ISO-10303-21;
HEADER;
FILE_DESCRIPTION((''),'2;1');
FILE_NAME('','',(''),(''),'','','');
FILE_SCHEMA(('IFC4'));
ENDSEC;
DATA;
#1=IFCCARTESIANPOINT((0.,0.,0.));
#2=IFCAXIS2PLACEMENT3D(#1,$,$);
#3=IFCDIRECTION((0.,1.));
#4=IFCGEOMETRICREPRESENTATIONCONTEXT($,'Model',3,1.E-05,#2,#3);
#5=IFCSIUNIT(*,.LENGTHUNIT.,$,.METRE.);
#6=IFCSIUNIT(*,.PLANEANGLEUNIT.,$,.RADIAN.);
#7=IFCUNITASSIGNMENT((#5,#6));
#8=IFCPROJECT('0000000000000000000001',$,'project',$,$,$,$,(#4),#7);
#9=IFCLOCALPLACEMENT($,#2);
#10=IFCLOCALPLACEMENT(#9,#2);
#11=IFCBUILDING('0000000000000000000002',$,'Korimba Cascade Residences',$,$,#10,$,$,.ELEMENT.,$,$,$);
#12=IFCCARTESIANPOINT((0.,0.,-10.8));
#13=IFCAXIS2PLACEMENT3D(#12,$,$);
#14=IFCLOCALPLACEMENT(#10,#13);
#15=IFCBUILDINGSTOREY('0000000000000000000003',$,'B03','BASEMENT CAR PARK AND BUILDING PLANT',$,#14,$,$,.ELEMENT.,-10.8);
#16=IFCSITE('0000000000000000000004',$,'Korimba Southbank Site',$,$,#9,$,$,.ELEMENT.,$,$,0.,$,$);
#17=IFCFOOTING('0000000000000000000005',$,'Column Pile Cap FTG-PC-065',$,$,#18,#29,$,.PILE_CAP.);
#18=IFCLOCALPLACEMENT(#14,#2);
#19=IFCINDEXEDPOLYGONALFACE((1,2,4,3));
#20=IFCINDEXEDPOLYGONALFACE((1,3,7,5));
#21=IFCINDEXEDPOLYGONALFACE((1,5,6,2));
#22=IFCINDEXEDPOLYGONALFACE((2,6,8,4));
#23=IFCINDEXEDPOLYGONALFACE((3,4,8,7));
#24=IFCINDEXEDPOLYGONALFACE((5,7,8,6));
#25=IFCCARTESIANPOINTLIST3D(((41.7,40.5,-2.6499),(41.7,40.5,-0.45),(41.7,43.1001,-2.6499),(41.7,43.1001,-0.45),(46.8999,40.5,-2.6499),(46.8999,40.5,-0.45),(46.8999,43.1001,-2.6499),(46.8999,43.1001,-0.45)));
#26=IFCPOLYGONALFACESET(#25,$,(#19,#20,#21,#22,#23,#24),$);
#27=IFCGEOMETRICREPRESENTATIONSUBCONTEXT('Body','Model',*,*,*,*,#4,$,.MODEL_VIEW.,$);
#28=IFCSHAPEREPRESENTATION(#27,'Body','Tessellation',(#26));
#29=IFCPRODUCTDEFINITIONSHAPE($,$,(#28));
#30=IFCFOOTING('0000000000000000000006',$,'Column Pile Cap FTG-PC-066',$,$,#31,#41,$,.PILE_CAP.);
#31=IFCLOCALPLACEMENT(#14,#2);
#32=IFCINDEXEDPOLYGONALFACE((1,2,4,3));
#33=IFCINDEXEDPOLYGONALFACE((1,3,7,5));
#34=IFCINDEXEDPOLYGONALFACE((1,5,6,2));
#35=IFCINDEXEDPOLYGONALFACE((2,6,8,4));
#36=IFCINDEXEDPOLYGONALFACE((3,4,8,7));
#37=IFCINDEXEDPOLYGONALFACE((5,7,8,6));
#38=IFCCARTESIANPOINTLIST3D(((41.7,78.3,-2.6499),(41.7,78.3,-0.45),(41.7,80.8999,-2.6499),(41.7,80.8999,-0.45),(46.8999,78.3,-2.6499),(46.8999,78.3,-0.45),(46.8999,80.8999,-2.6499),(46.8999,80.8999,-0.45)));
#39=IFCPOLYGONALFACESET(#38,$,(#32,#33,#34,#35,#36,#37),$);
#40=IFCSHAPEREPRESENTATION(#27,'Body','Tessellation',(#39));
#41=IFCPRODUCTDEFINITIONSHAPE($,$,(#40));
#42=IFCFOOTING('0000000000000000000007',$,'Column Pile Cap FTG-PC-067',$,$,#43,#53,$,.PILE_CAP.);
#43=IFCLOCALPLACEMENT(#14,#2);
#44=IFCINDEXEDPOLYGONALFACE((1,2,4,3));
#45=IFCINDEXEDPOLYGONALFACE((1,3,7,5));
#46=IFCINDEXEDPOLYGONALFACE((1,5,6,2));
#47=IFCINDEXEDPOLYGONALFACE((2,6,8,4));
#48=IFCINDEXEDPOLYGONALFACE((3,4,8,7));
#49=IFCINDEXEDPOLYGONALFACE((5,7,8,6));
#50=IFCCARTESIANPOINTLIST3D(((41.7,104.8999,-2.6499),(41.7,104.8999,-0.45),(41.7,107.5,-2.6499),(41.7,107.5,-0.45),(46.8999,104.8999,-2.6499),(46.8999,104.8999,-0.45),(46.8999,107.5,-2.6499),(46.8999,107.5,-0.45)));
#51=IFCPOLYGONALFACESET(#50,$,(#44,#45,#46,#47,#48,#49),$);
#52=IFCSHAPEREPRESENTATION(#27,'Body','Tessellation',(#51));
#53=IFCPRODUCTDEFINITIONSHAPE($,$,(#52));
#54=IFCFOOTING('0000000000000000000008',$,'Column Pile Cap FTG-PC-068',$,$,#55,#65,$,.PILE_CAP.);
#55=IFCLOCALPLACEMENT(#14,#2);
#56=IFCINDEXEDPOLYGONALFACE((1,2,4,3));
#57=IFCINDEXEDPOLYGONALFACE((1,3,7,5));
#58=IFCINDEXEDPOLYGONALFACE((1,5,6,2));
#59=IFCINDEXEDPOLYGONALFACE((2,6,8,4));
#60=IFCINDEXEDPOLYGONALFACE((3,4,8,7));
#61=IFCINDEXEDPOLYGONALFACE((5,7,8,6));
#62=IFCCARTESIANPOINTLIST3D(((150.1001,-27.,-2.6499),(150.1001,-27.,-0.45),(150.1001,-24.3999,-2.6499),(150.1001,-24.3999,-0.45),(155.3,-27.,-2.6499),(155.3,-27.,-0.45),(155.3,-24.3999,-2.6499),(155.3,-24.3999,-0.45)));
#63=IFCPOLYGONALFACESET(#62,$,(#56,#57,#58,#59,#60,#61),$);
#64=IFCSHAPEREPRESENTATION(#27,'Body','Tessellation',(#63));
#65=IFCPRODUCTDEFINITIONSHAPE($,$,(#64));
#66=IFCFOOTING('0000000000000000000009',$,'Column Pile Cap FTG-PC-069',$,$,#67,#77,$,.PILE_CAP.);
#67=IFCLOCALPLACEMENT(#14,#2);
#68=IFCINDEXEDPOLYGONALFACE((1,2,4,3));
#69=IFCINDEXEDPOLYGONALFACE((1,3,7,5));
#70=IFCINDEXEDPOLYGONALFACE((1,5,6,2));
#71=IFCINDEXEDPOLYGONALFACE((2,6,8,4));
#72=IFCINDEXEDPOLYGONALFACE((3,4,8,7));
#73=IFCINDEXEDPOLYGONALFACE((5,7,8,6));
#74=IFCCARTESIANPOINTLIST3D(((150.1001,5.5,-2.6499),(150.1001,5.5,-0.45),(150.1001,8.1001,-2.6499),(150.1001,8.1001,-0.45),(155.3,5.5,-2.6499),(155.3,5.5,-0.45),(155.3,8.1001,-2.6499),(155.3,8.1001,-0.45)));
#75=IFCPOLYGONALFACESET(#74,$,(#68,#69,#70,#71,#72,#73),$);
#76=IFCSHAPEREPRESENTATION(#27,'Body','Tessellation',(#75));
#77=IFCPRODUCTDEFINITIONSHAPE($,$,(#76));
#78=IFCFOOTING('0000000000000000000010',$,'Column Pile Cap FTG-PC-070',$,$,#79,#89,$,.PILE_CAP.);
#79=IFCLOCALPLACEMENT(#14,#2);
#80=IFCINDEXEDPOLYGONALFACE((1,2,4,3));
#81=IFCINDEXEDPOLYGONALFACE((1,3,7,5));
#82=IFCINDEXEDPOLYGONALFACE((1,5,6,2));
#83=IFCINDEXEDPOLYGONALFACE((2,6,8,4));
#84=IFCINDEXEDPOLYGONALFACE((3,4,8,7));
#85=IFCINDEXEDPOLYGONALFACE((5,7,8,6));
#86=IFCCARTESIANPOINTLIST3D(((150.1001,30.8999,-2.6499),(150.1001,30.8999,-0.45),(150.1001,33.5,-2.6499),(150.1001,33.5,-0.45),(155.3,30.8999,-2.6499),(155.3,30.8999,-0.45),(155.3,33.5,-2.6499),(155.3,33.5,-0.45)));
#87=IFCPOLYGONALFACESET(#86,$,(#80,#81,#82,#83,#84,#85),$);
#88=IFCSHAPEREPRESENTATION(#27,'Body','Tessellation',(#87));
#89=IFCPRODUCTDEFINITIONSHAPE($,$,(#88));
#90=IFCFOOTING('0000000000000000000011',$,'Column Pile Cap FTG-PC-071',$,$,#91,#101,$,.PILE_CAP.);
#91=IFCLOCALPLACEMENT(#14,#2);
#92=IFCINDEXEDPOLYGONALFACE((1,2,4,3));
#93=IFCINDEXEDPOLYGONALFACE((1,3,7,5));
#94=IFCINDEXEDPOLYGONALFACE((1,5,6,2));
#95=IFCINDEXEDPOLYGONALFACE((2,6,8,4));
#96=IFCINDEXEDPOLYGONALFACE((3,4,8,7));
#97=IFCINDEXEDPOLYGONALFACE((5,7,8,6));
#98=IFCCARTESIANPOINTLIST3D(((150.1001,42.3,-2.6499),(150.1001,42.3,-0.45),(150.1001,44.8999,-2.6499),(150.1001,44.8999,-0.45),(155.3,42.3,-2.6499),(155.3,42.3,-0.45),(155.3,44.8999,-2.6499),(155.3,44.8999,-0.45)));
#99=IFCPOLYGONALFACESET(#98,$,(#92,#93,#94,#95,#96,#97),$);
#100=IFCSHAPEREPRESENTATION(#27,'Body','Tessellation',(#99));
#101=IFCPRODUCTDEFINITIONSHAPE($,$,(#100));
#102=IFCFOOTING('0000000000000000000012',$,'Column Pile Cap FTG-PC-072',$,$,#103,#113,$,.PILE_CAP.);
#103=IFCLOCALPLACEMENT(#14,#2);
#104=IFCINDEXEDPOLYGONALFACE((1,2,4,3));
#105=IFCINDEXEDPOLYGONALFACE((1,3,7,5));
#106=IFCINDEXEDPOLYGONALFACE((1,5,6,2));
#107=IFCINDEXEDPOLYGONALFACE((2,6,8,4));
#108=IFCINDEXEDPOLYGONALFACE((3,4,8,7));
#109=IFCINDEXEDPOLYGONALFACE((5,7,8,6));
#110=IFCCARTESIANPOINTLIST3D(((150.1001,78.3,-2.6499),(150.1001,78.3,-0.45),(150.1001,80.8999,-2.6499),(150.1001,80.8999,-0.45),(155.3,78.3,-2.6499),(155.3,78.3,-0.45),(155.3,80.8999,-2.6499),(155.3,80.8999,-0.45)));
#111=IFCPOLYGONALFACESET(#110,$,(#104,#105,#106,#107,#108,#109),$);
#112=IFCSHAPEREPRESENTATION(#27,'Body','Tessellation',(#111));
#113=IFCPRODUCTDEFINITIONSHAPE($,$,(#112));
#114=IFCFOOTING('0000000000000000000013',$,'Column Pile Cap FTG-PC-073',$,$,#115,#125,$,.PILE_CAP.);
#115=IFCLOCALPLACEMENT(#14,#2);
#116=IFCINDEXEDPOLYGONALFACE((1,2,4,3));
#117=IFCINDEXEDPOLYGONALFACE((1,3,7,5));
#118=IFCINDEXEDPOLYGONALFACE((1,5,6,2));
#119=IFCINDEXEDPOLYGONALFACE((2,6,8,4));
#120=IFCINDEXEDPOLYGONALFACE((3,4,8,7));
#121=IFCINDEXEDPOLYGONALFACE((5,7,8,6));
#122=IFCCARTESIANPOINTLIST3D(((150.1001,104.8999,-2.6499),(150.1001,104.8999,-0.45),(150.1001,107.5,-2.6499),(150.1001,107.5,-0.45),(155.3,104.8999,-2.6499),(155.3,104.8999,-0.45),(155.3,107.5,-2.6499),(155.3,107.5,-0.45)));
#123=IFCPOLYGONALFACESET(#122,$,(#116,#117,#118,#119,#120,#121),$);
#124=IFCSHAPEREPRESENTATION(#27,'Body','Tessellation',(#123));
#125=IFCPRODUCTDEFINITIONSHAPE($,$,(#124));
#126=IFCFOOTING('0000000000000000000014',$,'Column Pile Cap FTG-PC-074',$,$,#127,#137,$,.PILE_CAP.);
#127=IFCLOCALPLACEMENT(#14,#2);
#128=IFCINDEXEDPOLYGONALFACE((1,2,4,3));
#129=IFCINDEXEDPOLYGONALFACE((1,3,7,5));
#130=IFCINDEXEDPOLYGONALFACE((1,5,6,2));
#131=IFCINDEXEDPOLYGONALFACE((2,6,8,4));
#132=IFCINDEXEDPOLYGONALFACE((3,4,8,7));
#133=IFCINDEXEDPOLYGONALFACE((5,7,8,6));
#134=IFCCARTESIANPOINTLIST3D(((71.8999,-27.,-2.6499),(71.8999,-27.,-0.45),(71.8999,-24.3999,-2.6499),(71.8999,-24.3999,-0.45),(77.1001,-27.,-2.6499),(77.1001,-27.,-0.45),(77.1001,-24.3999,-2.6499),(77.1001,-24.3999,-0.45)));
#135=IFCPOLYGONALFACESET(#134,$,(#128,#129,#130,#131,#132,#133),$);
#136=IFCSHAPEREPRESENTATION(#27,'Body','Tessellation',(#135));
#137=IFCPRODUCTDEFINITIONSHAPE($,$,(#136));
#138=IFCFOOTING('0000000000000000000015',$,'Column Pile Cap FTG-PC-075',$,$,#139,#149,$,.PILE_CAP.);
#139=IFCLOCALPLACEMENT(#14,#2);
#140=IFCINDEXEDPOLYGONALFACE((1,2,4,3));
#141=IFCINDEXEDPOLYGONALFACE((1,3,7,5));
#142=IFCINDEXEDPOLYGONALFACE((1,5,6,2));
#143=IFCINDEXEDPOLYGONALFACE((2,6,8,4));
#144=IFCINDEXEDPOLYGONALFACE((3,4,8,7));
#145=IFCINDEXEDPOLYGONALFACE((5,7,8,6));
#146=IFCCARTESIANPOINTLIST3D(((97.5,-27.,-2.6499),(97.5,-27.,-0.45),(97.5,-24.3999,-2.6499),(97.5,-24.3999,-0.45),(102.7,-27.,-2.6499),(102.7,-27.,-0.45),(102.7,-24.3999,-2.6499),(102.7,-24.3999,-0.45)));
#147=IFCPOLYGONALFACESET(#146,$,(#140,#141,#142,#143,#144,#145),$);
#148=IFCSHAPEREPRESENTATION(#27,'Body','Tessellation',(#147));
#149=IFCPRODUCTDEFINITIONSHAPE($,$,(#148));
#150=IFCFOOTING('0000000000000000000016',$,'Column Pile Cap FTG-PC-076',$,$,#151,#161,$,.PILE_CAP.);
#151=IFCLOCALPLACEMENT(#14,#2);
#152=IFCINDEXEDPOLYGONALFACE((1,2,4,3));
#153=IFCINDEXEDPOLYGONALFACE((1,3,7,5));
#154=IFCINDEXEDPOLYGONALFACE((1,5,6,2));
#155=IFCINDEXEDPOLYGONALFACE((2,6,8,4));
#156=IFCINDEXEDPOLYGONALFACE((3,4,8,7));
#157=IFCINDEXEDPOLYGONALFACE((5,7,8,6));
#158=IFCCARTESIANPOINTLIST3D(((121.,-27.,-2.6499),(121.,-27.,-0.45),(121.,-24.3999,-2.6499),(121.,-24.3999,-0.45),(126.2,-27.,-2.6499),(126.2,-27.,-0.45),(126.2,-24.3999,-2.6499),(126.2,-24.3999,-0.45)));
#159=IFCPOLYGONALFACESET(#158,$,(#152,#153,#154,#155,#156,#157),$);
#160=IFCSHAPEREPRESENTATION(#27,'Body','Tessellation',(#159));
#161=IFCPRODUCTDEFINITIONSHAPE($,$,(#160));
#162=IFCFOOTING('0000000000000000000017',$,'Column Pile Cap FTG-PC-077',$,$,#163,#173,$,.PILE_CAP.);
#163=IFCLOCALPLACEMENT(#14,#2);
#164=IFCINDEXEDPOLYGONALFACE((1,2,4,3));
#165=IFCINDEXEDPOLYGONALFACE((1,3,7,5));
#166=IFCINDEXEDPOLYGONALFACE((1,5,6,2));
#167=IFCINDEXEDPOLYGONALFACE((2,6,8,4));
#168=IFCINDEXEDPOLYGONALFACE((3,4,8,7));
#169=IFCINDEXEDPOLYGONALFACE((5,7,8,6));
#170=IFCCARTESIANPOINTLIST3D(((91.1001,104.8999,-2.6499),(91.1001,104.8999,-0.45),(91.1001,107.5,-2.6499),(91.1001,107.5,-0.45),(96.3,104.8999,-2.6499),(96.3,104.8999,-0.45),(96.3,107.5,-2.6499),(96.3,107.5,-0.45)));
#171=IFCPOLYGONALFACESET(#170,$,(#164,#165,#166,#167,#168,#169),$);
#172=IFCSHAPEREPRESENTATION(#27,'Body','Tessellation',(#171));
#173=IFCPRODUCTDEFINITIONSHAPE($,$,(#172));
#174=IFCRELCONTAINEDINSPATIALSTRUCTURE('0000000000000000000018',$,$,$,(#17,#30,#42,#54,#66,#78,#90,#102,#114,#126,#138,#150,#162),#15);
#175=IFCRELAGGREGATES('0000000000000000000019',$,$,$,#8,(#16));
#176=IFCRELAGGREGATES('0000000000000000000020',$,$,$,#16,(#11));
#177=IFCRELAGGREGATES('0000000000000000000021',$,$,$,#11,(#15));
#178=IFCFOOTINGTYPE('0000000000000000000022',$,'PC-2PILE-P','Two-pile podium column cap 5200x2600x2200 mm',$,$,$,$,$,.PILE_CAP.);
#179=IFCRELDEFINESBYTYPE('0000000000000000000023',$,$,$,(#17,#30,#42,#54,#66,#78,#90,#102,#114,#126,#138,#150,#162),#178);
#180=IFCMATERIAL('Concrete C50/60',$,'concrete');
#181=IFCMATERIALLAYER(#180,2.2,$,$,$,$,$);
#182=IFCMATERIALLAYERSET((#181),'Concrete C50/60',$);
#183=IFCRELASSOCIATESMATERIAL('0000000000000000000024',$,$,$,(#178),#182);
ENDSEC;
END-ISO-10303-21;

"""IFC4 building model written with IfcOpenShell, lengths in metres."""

from ifc_helpers import new_model, si_unit, direction, frame, origin, place, context, subcontext, project, spatial, polyline, outline, extrude, material, layer, layer_set, type_object, element, save


model = new_model("IFC4")

# Units and contexts
model_context = context("Model", 3, precision=1e-05, world=origin(), true_north=direction((0.0, 1.0)))
body_context = subcontext(model_context, "Body", "Model", "MODEL_VIEW")
ifc_project = project(units=[si_unit("LENGTHUNIT", "METRE"), si_unit("PLANEANGLEUNIT", "RADIAN")], contexts=[model_context])

# Site, building, storey
site_placement = place(None, origin())
site = spatial("IfcSite", under=ifc_project, at=site_placement, Name="Korimba Southbank Site", CompositionType="ELEMENT", RefElevation=0.0)
building_placement = place(site_placement, origin())
building = spatial("IfcBuilding", under=site, at=building_placement, Name="Korimba Cascade Residences", CompositionType="ELEMENT")
storey_placement = place(building_placement, frame((0.0, 0.0, -10.8)))
storey = spatial("IfcBuildingStorey", under=building, at=storey_placement, Name="B03", Description="BASEMENT CAR PARK AND BUILDING PLANT", CompositionType="ELEMENT", Elevation=-10.8)

# Footings
ifc_material = material(Name="Concrete C50/60", Category="concrete")
ifc_layer = layer(ifc_material, 2.2)
ifc_layer_set = layer_set([ifc_layer], Name="Concrete C50/60")
footing_type = type_object("IfcFootingType", Name="PC-2PILE-P", Description="Two-pile podium column cap 5200x2600x2200 mm", PredefinedType="PILE_CAP", material=ifc_layer_set)
footing_1_placement = place(storey_placement, frame((0.0, 0.0, -2.6499)))
element("IfcFooting", 1, at=footing_1_placement, inside=storey, type_object=footing_type, Name="Column Pile Cap FTG-PC-065", PredefinedType="PILE_CAP", context=body_context, shape_type="SweptSolid", body=[
    extrude(outline(polyline([(41.7, 40.5), (46.8999, 40.5), (46.8999, 43.1001), (41.7, 43.1001), (41.7, 40.5)])), origin(), (0.0, 0.0, 1.0), 2.2),
])
footing_2_placement = place(storey_placement, frame((0.0, 0.0, -2.6499)))
element("IfcFooting", 2, at=footing_2_placement, inside=storey, type_object=footing_type, Name="Column Pile Cap FTG-PC-066", PredefinedType="PILE_CAP", context=body_context, shape_type="SweptSolid", body=[
    extrude(outline(polyline([(41.7, 78.3), (46.8999, 78.3), (46.8999, 80.8999), (41.7, 80.8999), (41.7, 78.3)])), origin(), (0.0, 0.0, 1.0), 2.2),
])
footing_3_placement = place(storey_placement, frame((0.0, 0.0, -2.6499)))
element("IfcFooting", 3, at=footing_3_placement, inside=storey, type_object=footing_type, Name="Column Pile Cap FTG-PC-067", PredefinedType="PILE_CAP", context=body_context, shape_type="SweptSolid", body=[
    extrude(outline(polyline([(41.7, 104.8999), (46.8999, 104.8999), (46.8999, 107.5), (41.7, 107.5), (41.7, 104.8999)])), origin(), (0.0, 0.0, 1.0), 2.2),
])
footing_4_placement = place(storey_placement, frame((0.0, 0.0, -2.6499)))
element("IfcFooting", 4, at=footing_4_placement, inside=storey, type_object=footing_type, Name="Column Pile Cap FTG-PC-068", PredefinedType="PILE_CAP", context=body_context, shape_type="SweptSolid", body=[
    extrude(outline(polyline([(150.1001, -27.0), (155.3, -27.0), (155.3, -24.3999), (150.1001, -24.3999), (150.1001, -27.0)])), origin(), (0.0, 0.0, 1.0), 2.2),
])
footing_5_placement = place(storey_placement, frame((0.0, 0.0, -2.6499)))
element("IfcFooting", 5, at=footing_5_placement, inside=storey, type_object=footing_type, Name="Column Pile Cap FTG-PC-069", PredefinedType="PILE_CAP", context=body_context, shape_type="SweptSolid", body=[
    extrude(outline(polyline([(150.1001, 5.5), (155.3, 5.5), (155.3, 8.1001), (150.1001, 8.1001), (150.1001, 5.5)])), origin(), (0.0, 0.0, 1.0), 2.2),
])
footing_6_placement = place(storey_placement, frame((0.0, 0.0, -2.6499)))
element("IfcFooting", 6, at=footing_6_placement, inside=storey, type_object=footing_type, Name="Column Pile Cap FTG-PC-070", PredefinedType="PILE_CAP", context=body_context, shape_type="SweptSolid", body=[
    extrude(outline(polyline([(150.1001, 30.8999), (155.3, 30.8999), (155.3, 33.5), (150.1001, 33.5), (150.1001, 30.8999)])), origin(), (0.0, 0.0, 1.0), 2.2),
])
footing_7_placement = place(storey_placement, frame((0.0, 0.0, -2.6499)))
element("IfcFooting", 7, at=footing_7_placement, inside=storey, type_object=footing_type, Name="Column Pile Cap FTG-PC-071", PredefinedType="PILE_CAP", context=body_context, shape_type="SweptSolid", body=[
    extrude(outline(polyline([(150.1001, 42.3), (155.3, 42.3), (155.3, 44.8999), (150.1001, 44.8999), (150.1001, 42.3)])), origin(), (0.0, 0.0, 1.0), 2.2),
])
footing_8_placement = place(storey_placement, frame((0.0, 0.0, -2.6499)))
element("IfcFooting", 8, at=footing_8_placement, inside=storey, type_object=footing_type, Name="Column Pile Cap FTG-PC-072", PredefinedType="PILE_CAP", context=body_context, shape_type="SweptSolid", body=[
    extrude(outline(polyline([(150.1001, 78.3), (155.3, 78.3), (155.3, 80.8999), (150.1001, 80.8999), (150.1001, 78.3)])), origin(), (0.0, 0.0, 1.0), 2.2),
])
footing_9_placement = place(storey_placement, frame((0.0, 0.0, -2.6499)))
element("IfcFooting", 9, at=footing_9_placement, inside=storey, type_object=footing_type, Name="Column Pile Cap FTG-PC-073", PredefinedType="PILE_CAP", context=body_context, shape_type="SweptSolid", body=[
    extrude(outline(polyline([(150.1001, 104.8999), (155.3, 104.8999), (155.3, 107.5), (150.1001, 107.5), (150.1001, 104.8999)])), origin(), (0.0, 0.0, 1.0), 2.2),
])
footing_10_placement = place(storey_placement, frame((0.0, 0.0, -2.6499)))
element("IfcFooting", 10, at=footing_10_placement, inside=storey, type_object=footing_type, Name="Column Pile Cap FTG-PC-074", PredefinedType="PILE_CAP", context=body_context, shape_type="SweptSolid", body=[
    extrude(outline(polyline([(71.8999, -27.0), (77.1001, -27.0), (77.1001, -24.3999), (71.8999, -24.3999), (71.8999, -27.0)])), origin(), (0.0, 0.0, 1.0), 2.2),
])
footing_11_placement = place(storey_placement, frame((0.0, 0.0, -2.6499)))
element("IfcFooting", 11, at=footing_11_placement, inside=storey, type_object=footing_type, Name="Column Pile Cap FTG-PC-075", PredefinedType="PILE_CAP", context=body_context, shape_type="SweptSolid", body=[
    extrude(outline(polyline([(97.5, -27.0), (102.7, -27.0), (102.7, -24.3999), (97.5, -24.3999), (97.5, -27.0)])), origin(), (0.0, 0.0, 1.0), 2.2),
])
footing_12_placement = place(storey_placement, frame((0.0, 0.0, -2.6499)))
element("IfcFooting", 12, at=footing_12_placement, inside=storey, type_object=footing_type, Name="Column Pile Cap FTG-PC-076", PredefinedType="PILE_CAP", context=body_context, shape_type="SweptSolid", body=[
    extrude(outline(polyline([(121.0, -27.0), (126.2, -27.0), (126.2, -24.3999), (121.0, -24.3999), (121.0, -27.0)])), origin(), (0.0, 0.0, 1.0), 2.2),
])
footing_13_placement = place(storey_placement, frame((0.0, 0.0, -2.6499)))
element("IfcFooting", 13, at=footing_13_placement, inside=storey, type_object=footing_type, Name="Column Pile Cap FTG-PC-077", PredefinedType="PILE_CAP", context=body_context, shape_type="SweptSolid", body=[
    extrude(outline(polyline([(91.1001, 104.8999), (96.3, 104.8999), (96.3, 107.5), (91.1001, 107.5), (91.1001, 104.8999)])), origin(), (0.0, 0.0, 1.0), 2.2),
])

save(model, "model.ifc")
